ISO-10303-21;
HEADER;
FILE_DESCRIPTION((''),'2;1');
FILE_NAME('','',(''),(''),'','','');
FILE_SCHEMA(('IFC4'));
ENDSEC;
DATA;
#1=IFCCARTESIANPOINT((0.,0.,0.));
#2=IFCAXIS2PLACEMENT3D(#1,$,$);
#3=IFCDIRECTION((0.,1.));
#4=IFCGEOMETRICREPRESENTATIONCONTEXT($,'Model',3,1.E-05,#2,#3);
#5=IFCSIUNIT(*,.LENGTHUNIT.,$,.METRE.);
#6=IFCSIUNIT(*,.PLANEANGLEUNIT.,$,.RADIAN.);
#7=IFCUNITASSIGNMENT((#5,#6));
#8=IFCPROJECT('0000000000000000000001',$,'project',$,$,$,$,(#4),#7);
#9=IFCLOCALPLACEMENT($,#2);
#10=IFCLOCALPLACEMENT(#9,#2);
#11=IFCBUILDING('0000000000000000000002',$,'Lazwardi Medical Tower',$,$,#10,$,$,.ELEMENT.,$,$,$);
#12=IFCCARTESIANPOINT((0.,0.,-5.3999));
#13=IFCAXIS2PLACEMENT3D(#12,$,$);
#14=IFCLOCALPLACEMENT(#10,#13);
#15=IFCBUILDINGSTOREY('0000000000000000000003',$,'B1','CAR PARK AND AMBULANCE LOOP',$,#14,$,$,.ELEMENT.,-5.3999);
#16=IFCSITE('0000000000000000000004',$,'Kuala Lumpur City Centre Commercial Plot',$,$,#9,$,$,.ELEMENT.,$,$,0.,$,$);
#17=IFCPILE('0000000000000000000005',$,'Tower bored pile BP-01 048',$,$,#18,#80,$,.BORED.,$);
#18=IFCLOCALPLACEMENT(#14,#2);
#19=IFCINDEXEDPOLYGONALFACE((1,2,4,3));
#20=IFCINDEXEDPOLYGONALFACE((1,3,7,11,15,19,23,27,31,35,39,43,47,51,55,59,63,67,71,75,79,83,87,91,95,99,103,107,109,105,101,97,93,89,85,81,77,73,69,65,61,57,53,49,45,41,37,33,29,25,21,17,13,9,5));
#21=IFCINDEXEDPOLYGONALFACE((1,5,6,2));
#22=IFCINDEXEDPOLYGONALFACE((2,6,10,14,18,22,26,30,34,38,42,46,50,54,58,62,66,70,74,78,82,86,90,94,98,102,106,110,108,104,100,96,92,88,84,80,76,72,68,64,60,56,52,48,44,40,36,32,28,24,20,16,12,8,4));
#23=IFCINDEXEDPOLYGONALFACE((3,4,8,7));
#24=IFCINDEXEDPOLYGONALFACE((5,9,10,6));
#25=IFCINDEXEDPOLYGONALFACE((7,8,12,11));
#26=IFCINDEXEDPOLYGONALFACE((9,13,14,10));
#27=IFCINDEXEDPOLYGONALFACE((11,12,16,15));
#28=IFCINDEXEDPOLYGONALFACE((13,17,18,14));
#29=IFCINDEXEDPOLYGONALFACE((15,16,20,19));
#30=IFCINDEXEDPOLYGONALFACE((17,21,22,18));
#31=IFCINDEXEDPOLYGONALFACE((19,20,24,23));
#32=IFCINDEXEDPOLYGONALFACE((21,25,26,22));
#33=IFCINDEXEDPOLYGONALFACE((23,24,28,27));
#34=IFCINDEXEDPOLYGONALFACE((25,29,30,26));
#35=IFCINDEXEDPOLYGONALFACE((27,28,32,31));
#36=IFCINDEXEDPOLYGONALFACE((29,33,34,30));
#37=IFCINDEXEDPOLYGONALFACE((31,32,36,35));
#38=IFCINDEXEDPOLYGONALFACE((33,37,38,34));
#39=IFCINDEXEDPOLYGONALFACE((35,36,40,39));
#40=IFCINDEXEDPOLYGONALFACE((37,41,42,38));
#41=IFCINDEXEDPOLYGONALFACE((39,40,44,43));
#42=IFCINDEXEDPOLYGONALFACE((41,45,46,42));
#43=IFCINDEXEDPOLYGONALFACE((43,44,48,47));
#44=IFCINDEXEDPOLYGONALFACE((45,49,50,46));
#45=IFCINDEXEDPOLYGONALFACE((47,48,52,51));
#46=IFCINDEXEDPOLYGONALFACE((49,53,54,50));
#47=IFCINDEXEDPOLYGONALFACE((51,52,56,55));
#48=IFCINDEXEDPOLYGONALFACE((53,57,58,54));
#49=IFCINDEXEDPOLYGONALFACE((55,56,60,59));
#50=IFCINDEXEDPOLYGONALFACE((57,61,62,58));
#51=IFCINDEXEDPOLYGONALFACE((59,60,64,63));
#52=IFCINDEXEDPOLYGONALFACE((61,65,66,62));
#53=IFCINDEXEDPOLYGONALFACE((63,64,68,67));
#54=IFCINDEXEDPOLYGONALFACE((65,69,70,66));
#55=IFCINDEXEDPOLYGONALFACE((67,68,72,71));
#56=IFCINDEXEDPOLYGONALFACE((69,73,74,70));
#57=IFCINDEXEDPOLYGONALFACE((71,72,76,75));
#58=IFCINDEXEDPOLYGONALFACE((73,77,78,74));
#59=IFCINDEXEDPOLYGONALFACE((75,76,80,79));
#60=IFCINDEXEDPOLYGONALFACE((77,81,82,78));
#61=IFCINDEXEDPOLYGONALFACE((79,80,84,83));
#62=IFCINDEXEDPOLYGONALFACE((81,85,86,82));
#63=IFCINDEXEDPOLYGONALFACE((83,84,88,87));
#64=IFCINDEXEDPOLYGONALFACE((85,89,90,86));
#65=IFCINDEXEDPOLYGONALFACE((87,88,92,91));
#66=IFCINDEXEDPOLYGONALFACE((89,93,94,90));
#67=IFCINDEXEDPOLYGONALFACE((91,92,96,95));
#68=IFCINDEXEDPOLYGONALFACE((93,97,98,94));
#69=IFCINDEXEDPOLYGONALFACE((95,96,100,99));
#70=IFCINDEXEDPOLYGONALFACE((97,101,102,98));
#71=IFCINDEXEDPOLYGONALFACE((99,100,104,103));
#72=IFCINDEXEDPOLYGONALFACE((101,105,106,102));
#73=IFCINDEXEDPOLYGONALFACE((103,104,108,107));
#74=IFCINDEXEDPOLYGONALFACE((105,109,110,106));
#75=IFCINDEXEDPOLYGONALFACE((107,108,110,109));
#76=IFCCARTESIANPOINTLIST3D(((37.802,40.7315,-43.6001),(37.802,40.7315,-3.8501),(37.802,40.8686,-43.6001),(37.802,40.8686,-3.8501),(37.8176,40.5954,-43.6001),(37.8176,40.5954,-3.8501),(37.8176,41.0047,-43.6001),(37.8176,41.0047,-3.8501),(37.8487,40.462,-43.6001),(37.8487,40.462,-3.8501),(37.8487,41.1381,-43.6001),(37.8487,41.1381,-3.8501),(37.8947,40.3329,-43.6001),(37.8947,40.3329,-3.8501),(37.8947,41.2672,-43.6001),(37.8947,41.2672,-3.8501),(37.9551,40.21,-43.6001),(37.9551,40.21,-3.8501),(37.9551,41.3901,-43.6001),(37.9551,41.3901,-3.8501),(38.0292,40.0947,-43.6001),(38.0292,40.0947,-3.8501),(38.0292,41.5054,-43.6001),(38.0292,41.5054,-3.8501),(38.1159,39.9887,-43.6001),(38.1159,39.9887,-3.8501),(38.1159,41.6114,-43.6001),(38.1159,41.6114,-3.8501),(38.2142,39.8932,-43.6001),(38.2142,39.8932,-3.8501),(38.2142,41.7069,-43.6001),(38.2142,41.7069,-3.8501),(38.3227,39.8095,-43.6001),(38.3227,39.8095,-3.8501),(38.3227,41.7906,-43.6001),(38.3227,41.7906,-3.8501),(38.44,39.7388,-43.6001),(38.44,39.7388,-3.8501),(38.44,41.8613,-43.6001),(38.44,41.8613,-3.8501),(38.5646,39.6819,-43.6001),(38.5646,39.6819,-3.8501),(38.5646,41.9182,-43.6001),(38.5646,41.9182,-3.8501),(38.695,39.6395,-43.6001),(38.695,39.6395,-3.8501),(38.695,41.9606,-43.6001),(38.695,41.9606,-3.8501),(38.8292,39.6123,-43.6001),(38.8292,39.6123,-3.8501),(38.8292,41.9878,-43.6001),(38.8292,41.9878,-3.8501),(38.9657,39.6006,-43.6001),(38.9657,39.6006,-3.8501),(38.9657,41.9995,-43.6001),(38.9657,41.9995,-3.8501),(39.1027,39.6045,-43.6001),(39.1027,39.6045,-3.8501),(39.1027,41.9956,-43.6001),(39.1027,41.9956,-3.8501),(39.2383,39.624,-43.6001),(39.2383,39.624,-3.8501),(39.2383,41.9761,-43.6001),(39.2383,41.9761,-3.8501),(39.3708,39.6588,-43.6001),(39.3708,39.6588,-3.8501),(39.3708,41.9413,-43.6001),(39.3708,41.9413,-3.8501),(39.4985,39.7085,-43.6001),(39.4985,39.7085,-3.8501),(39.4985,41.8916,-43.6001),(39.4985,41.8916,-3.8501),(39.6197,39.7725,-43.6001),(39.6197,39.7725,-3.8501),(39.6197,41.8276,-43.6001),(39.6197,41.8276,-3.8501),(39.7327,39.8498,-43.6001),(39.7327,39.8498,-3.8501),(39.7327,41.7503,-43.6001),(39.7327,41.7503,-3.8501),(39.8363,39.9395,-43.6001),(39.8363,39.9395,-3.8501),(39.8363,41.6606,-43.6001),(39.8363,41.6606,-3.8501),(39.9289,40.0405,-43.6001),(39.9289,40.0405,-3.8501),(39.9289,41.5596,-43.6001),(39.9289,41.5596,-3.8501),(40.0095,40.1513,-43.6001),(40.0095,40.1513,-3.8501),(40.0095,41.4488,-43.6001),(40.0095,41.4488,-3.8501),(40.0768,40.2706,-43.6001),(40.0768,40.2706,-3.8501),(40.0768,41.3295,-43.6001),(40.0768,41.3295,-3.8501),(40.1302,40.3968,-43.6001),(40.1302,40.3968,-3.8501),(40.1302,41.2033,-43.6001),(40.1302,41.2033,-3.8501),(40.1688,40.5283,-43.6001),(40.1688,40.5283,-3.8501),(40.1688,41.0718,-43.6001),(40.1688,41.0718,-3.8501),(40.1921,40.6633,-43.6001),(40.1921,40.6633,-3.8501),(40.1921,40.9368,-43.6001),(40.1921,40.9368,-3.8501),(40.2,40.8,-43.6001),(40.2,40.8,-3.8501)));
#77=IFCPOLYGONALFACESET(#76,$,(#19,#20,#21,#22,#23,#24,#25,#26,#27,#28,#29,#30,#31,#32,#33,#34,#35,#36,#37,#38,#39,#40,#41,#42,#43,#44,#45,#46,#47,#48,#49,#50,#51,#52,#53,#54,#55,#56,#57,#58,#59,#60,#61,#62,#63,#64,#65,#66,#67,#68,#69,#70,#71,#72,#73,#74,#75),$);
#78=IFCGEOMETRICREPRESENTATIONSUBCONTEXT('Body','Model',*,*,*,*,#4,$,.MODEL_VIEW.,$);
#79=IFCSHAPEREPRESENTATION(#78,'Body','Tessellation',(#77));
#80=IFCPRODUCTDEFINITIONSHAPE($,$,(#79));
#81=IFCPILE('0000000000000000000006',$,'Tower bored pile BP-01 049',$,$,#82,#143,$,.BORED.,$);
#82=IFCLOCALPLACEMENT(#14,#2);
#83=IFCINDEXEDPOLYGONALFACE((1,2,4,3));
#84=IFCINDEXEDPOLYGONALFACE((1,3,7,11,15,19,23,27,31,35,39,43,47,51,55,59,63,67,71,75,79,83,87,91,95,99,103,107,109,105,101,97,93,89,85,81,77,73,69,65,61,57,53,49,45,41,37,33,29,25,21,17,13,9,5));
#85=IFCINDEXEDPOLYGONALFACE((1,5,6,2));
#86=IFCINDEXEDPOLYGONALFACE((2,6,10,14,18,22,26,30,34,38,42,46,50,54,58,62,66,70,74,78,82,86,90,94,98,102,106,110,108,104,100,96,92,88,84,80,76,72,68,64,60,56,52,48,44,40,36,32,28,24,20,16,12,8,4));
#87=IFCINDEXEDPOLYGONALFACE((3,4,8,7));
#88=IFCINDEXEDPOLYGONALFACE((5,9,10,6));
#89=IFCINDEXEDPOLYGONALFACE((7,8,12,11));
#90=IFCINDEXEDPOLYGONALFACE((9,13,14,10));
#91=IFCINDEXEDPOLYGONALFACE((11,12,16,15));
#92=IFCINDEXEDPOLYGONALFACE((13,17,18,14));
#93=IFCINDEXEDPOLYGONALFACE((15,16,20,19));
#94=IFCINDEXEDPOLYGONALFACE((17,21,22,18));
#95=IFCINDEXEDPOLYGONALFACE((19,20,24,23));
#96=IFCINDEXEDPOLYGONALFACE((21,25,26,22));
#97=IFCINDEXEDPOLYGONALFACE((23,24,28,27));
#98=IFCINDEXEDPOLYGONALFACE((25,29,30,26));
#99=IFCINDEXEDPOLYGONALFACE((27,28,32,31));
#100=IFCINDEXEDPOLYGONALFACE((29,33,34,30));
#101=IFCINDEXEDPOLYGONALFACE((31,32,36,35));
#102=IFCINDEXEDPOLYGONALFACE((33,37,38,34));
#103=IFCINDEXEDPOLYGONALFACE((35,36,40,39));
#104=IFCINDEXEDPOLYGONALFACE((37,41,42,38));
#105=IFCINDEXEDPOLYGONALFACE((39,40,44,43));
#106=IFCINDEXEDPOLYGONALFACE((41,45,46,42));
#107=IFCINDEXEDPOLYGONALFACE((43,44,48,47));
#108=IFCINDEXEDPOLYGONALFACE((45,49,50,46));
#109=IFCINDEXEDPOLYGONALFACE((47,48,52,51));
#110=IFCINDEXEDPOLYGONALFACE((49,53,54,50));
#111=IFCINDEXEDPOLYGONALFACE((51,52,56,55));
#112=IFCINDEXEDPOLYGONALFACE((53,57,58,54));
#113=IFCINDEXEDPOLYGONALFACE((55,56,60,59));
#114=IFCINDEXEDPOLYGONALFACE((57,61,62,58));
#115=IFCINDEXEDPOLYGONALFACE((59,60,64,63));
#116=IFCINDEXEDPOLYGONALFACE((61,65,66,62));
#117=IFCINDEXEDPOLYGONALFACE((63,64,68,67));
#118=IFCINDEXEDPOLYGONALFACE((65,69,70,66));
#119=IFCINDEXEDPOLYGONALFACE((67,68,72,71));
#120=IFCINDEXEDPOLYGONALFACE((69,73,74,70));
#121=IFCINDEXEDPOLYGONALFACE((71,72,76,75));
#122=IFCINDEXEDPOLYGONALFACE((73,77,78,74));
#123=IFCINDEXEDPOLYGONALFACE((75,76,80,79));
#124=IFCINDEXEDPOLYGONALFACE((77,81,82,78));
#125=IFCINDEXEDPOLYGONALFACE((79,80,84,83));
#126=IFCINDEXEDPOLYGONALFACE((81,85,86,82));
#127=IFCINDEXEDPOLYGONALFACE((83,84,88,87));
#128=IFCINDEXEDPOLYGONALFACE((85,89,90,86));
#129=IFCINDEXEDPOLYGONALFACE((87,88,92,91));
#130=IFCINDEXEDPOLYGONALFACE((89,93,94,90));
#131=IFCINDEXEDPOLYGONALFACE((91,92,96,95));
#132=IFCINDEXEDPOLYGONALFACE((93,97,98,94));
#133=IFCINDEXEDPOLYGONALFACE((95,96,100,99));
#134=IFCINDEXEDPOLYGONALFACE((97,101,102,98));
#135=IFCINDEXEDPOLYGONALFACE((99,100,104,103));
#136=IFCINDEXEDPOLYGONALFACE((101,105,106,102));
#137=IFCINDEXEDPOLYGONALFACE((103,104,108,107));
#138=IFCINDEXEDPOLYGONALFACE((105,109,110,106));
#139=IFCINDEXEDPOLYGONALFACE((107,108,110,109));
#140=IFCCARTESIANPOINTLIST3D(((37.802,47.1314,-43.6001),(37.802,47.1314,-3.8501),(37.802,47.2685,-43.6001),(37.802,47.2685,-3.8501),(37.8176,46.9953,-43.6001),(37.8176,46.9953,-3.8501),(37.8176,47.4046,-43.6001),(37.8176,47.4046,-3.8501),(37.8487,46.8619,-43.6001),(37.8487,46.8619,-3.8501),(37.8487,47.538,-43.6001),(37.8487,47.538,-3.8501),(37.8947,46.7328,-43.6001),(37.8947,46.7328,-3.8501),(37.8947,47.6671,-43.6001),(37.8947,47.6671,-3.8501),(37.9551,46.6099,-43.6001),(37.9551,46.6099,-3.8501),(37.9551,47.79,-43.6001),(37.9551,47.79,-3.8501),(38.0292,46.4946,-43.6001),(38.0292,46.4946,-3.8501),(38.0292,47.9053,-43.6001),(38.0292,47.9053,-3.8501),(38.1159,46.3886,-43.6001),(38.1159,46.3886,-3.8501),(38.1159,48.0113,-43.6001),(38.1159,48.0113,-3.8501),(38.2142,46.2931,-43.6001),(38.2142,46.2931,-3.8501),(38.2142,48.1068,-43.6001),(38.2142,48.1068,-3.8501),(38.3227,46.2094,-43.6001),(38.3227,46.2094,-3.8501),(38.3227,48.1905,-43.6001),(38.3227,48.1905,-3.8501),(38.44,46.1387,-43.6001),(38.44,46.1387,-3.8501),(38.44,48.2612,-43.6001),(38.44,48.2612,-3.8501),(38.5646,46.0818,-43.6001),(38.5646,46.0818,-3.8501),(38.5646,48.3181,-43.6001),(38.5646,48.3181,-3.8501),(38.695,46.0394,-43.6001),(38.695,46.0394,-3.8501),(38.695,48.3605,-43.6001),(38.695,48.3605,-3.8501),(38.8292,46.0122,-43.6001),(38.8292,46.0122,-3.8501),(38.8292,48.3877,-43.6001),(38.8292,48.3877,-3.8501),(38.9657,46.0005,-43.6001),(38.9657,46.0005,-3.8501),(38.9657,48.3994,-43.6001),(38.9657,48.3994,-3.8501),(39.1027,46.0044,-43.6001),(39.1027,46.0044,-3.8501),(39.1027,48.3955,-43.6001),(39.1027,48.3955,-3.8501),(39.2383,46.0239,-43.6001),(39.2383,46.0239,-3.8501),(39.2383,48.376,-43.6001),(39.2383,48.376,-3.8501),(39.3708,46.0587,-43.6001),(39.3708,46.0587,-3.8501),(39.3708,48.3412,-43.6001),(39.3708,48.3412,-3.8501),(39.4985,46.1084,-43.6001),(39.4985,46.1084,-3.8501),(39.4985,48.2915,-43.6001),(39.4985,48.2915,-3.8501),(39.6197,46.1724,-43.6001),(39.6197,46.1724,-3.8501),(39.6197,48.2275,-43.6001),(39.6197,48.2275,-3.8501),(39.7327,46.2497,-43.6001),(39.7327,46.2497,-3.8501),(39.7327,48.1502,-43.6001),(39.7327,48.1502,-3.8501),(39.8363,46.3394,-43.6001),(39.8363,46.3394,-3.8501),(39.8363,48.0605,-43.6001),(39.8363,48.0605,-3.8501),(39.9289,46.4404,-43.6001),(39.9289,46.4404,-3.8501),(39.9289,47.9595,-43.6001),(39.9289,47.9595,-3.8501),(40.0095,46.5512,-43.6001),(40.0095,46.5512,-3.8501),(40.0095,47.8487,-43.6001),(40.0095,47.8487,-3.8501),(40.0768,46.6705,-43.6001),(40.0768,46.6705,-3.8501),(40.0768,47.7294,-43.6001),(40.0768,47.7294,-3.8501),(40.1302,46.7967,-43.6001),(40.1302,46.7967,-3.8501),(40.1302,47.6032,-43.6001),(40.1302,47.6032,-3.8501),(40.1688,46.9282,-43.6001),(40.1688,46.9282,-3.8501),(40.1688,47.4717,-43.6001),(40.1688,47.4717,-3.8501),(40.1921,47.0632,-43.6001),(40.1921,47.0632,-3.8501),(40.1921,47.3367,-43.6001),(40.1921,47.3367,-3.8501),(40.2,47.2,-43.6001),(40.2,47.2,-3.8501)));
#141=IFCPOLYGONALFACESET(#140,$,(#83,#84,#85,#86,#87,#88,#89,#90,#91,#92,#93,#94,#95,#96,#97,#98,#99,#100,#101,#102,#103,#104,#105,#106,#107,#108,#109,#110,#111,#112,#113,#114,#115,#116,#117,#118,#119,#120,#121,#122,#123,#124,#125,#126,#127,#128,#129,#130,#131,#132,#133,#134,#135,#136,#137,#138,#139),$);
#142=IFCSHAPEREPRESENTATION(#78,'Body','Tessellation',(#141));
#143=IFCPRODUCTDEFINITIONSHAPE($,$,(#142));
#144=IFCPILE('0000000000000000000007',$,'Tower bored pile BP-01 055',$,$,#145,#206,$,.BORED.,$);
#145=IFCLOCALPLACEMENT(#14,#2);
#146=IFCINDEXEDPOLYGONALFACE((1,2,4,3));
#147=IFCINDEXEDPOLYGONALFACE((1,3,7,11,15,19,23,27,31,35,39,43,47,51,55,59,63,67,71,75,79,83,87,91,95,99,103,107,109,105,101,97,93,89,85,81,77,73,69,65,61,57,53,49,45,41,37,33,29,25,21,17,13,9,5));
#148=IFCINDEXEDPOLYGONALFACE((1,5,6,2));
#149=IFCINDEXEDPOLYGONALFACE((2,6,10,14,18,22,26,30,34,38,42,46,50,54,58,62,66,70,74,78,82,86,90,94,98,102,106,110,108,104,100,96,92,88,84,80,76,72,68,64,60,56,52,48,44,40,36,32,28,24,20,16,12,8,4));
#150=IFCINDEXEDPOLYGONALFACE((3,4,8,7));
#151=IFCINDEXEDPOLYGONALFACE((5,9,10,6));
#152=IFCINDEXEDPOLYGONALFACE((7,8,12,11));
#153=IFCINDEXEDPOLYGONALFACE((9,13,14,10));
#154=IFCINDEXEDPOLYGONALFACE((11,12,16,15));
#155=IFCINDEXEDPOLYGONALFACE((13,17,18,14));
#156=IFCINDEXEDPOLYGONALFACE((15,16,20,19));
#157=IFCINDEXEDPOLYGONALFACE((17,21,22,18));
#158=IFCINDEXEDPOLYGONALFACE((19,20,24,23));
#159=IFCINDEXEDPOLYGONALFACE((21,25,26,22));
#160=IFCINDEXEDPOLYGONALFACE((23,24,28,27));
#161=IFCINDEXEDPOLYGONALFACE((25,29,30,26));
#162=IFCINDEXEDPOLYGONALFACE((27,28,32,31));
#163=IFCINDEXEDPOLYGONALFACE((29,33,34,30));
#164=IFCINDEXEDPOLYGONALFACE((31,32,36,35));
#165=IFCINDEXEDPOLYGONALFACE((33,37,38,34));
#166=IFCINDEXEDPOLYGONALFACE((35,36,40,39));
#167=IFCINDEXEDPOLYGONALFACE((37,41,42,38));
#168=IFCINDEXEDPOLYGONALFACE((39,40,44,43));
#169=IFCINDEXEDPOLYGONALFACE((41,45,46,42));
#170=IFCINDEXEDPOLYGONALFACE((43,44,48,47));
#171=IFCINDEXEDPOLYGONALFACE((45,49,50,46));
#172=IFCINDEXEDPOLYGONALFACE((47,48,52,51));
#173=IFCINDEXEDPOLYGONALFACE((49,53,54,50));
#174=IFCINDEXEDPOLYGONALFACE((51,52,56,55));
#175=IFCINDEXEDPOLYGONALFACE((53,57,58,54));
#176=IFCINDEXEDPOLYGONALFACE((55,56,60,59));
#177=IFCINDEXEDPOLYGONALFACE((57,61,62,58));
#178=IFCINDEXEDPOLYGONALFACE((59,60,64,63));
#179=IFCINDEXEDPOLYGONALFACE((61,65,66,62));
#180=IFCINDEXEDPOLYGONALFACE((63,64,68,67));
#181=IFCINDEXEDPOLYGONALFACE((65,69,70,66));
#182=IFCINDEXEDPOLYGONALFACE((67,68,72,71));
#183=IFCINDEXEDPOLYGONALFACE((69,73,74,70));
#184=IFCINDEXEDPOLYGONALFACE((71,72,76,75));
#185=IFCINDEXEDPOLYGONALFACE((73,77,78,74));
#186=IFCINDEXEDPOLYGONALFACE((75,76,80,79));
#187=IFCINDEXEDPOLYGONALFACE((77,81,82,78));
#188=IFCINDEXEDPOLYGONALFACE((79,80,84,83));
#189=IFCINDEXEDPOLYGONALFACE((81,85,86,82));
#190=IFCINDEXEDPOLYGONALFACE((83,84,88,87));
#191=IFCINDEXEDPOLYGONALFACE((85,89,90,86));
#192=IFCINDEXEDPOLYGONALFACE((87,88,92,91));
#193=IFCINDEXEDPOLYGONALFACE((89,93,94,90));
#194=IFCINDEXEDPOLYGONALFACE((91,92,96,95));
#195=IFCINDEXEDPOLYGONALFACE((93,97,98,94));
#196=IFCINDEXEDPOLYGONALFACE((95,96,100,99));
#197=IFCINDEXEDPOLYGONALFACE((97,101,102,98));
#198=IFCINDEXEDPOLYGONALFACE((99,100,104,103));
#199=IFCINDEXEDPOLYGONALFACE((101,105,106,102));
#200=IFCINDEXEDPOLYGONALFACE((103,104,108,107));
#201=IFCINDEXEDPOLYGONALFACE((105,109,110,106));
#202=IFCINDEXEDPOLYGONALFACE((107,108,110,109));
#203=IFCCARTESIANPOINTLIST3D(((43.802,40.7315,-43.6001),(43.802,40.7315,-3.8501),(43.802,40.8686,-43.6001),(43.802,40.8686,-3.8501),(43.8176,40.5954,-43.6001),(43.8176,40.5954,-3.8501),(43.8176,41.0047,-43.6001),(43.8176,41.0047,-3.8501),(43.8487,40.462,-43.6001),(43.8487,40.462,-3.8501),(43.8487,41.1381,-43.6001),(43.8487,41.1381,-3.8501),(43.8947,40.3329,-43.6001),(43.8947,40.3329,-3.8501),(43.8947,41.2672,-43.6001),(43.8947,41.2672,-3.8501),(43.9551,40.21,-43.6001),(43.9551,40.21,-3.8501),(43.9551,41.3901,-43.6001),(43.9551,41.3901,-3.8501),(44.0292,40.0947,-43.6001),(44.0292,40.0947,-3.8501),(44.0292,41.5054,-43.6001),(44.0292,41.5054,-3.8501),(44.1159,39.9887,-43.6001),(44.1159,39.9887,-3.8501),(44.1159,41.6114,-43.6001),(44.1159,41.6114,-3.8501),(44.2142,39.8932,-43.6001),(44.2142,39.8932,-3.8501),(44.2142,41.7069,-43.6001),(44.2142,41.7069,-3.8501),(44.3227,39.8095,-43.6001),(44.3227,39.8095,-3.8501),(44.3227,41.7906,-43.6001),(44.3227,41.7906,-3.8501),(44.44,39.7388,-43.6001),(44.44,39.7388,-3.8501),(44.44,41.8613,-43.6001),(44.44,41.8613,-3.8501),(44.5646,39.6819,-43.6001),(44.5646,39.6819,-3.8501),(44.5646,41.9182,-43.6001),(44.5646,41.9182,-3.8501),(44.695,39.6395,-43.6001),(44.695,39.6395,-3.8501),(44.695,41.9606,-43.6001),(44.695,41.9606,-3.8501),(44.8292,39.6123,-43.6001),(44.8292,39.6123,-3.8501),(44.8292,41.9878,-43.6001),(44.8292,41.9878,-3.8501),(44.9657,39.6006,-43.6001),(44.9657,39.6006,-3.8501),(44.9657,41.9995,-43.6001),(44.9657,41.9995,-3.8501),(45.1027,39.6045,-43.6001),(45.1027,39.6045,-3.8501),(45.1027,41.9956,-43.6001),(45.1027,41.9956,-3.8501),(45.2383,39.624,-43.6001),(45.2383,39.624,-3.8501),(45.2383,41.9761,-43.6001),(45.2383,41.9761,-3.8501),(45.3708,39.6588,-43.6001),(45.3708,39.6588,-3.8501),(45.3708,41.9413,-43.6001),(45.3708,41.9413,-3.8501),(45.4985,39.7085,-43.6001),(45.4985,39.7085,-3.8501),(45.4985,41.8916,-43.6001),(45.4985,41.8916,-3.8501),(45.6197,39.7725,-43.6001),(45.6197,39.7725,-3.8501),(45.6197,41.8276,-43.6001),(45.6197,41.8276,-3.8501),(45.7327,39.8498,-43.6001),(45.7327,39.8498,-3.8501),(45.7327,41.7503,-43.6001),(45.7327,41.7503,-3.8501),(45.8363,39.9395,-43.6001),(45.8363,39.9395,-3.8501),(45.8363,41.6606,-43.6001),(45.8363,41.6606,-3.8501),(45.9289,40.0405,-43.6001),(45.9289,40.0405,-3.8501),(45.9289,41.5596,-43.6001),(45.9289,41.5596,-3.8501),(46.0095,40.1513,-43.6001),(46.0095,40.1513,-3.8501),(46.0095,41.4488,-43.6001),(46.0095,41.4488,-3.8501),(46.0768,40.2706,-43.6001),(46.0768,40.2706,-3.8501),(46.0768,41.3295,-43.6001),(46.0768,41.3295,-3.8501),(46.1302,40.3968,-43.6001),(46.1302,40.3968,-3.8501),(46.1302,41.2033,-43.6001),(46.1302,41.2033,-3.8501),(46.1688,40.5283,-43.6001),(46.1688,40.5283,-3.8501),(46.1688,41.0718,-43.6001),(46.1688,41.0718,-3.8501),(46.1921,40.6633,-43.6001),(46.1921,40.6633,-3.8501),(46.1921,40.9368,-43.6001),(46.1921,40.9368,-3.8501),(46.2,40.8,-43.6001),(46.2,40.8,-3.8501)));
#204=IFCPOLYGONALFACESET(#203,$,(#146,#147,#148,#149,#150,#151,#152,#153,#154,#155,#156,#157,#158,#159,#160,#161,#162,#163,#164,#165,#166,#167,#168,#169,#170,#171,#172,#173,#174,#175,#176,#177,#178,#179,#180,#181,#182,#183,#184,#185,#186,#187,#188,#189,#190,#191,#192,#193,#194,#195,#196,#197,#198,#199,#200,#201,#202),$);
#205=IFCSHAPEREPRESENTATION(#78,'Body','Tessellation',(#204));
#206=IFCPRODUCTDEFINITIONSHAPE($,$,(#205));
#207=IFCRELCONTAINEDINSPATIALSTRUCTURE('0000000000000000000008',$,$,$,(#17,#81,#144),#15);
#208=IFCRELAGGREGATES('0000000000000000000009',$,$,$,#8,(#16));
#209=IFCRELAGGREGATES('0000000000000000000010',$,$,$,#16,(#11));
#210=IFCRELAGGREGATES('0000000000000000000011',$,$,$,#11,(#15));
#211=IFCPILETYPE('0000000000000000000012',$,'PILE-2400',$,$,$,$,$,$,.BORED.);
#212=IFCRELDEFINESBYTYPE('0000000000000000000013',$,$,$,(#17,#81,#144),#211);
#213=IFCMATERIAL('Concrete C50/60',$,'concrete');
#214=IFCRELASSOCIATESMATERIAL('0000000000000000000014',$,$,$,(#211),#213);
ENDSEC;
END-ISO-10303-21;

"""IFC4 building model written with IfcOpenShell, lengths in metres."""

from ifc_helpers import new_model, si_unit, direction, frame, origin, origin_2d, place, context, subcontext, project, spatial, circle, extrude, material, material_profile, profile_set, type_object, element, save


model = new_model("IFC4")

# Units and contexts
model_context = context("Model", 3, precision=1e-05, world=origin(), true_north=direction((0.0, 1.0)))
body_context = subcontext(model_context, "Body", "Model", "MODEL_VIEW")
ifc_project = project(units=[si_unit("LENGTHUNIT", "METRE"), si_unit("PLANEANGLEUNIT", "RADIAN")], contexts=[model_context])

# Site, building, storey
site_placement = place(None, origin())
site = spatial("IfcSite", under=ifc_project, at=site_placement, Name="Kuala Lumpur City Centre Commercial Plot", CompositionType="ELEMENT", RefElevation=0.0)
building_placement = place(site_placement, origin())
building = spatial("IfcBuilding", under=site, at=building_placement, Name="Lazwardi Medical Tower", CompositionType="ELEMENT")
storey_placement = place(building_placement, frame((0.0, 0.0, -5.3999)))
storey = spatial("IfcBuildingStorey", under=building, at=storey_placement, Name="B1", Description="CAR PARK AND AMBULANCE LOOP", CompositionType="ELEMENT", Elevation=-5.3999)

# Piles
ifc_material_1 = material(Name="Concrete C50/60", Category="concrete")
ifc_material_profile_1 = material_profile(ifc_material_1, circle(Radius=1.2, at=origin_2d()), Name="BORED PILE D2400")
ifc_profile_set_1 = profile_set([ifc_material_profile_1], Name="Concrete C50/60")
pile_type = type_object("IfcPileType", Name="PILE-2400", PredefinedType="BORED", material=ifc_profile_set_1)
for number, where, z_axis, x_axis, name in (
    (1, (39.0, 40.8, -3.8501), (0.0, 0.0, -1.0), (1.0, 0.0, 0.0), "Tower bored pile BP-01 048"),
    (2, (39.0, 47.2, -3.8501), (0.0, 0.0, -1.0), (1.0, 0.0, 0.0), "Tower bored pile BP-01 049"),
    (3, (45.0, 40.8, -3.8501), (0.0, 0.0, -1.0), (1.0, 0.0, 0.0), "Tower bored pile BP-01 055"),
):
    element("IfcPile", number, at=place(storey_placement, frame(where, z_axis=z_axis, x_axis=x_axis)), inside=storey, type_object=pile_type, Name=name, PredefinedType="BORED", context=body_context, shape_type="SweptSolid", body=[
        extrude(circle(Radius=1.2, at=origin_2d()), origin(), (0.0, 0.0, 1.0), 39.75),
    ])

save(model, "model.ifc")
